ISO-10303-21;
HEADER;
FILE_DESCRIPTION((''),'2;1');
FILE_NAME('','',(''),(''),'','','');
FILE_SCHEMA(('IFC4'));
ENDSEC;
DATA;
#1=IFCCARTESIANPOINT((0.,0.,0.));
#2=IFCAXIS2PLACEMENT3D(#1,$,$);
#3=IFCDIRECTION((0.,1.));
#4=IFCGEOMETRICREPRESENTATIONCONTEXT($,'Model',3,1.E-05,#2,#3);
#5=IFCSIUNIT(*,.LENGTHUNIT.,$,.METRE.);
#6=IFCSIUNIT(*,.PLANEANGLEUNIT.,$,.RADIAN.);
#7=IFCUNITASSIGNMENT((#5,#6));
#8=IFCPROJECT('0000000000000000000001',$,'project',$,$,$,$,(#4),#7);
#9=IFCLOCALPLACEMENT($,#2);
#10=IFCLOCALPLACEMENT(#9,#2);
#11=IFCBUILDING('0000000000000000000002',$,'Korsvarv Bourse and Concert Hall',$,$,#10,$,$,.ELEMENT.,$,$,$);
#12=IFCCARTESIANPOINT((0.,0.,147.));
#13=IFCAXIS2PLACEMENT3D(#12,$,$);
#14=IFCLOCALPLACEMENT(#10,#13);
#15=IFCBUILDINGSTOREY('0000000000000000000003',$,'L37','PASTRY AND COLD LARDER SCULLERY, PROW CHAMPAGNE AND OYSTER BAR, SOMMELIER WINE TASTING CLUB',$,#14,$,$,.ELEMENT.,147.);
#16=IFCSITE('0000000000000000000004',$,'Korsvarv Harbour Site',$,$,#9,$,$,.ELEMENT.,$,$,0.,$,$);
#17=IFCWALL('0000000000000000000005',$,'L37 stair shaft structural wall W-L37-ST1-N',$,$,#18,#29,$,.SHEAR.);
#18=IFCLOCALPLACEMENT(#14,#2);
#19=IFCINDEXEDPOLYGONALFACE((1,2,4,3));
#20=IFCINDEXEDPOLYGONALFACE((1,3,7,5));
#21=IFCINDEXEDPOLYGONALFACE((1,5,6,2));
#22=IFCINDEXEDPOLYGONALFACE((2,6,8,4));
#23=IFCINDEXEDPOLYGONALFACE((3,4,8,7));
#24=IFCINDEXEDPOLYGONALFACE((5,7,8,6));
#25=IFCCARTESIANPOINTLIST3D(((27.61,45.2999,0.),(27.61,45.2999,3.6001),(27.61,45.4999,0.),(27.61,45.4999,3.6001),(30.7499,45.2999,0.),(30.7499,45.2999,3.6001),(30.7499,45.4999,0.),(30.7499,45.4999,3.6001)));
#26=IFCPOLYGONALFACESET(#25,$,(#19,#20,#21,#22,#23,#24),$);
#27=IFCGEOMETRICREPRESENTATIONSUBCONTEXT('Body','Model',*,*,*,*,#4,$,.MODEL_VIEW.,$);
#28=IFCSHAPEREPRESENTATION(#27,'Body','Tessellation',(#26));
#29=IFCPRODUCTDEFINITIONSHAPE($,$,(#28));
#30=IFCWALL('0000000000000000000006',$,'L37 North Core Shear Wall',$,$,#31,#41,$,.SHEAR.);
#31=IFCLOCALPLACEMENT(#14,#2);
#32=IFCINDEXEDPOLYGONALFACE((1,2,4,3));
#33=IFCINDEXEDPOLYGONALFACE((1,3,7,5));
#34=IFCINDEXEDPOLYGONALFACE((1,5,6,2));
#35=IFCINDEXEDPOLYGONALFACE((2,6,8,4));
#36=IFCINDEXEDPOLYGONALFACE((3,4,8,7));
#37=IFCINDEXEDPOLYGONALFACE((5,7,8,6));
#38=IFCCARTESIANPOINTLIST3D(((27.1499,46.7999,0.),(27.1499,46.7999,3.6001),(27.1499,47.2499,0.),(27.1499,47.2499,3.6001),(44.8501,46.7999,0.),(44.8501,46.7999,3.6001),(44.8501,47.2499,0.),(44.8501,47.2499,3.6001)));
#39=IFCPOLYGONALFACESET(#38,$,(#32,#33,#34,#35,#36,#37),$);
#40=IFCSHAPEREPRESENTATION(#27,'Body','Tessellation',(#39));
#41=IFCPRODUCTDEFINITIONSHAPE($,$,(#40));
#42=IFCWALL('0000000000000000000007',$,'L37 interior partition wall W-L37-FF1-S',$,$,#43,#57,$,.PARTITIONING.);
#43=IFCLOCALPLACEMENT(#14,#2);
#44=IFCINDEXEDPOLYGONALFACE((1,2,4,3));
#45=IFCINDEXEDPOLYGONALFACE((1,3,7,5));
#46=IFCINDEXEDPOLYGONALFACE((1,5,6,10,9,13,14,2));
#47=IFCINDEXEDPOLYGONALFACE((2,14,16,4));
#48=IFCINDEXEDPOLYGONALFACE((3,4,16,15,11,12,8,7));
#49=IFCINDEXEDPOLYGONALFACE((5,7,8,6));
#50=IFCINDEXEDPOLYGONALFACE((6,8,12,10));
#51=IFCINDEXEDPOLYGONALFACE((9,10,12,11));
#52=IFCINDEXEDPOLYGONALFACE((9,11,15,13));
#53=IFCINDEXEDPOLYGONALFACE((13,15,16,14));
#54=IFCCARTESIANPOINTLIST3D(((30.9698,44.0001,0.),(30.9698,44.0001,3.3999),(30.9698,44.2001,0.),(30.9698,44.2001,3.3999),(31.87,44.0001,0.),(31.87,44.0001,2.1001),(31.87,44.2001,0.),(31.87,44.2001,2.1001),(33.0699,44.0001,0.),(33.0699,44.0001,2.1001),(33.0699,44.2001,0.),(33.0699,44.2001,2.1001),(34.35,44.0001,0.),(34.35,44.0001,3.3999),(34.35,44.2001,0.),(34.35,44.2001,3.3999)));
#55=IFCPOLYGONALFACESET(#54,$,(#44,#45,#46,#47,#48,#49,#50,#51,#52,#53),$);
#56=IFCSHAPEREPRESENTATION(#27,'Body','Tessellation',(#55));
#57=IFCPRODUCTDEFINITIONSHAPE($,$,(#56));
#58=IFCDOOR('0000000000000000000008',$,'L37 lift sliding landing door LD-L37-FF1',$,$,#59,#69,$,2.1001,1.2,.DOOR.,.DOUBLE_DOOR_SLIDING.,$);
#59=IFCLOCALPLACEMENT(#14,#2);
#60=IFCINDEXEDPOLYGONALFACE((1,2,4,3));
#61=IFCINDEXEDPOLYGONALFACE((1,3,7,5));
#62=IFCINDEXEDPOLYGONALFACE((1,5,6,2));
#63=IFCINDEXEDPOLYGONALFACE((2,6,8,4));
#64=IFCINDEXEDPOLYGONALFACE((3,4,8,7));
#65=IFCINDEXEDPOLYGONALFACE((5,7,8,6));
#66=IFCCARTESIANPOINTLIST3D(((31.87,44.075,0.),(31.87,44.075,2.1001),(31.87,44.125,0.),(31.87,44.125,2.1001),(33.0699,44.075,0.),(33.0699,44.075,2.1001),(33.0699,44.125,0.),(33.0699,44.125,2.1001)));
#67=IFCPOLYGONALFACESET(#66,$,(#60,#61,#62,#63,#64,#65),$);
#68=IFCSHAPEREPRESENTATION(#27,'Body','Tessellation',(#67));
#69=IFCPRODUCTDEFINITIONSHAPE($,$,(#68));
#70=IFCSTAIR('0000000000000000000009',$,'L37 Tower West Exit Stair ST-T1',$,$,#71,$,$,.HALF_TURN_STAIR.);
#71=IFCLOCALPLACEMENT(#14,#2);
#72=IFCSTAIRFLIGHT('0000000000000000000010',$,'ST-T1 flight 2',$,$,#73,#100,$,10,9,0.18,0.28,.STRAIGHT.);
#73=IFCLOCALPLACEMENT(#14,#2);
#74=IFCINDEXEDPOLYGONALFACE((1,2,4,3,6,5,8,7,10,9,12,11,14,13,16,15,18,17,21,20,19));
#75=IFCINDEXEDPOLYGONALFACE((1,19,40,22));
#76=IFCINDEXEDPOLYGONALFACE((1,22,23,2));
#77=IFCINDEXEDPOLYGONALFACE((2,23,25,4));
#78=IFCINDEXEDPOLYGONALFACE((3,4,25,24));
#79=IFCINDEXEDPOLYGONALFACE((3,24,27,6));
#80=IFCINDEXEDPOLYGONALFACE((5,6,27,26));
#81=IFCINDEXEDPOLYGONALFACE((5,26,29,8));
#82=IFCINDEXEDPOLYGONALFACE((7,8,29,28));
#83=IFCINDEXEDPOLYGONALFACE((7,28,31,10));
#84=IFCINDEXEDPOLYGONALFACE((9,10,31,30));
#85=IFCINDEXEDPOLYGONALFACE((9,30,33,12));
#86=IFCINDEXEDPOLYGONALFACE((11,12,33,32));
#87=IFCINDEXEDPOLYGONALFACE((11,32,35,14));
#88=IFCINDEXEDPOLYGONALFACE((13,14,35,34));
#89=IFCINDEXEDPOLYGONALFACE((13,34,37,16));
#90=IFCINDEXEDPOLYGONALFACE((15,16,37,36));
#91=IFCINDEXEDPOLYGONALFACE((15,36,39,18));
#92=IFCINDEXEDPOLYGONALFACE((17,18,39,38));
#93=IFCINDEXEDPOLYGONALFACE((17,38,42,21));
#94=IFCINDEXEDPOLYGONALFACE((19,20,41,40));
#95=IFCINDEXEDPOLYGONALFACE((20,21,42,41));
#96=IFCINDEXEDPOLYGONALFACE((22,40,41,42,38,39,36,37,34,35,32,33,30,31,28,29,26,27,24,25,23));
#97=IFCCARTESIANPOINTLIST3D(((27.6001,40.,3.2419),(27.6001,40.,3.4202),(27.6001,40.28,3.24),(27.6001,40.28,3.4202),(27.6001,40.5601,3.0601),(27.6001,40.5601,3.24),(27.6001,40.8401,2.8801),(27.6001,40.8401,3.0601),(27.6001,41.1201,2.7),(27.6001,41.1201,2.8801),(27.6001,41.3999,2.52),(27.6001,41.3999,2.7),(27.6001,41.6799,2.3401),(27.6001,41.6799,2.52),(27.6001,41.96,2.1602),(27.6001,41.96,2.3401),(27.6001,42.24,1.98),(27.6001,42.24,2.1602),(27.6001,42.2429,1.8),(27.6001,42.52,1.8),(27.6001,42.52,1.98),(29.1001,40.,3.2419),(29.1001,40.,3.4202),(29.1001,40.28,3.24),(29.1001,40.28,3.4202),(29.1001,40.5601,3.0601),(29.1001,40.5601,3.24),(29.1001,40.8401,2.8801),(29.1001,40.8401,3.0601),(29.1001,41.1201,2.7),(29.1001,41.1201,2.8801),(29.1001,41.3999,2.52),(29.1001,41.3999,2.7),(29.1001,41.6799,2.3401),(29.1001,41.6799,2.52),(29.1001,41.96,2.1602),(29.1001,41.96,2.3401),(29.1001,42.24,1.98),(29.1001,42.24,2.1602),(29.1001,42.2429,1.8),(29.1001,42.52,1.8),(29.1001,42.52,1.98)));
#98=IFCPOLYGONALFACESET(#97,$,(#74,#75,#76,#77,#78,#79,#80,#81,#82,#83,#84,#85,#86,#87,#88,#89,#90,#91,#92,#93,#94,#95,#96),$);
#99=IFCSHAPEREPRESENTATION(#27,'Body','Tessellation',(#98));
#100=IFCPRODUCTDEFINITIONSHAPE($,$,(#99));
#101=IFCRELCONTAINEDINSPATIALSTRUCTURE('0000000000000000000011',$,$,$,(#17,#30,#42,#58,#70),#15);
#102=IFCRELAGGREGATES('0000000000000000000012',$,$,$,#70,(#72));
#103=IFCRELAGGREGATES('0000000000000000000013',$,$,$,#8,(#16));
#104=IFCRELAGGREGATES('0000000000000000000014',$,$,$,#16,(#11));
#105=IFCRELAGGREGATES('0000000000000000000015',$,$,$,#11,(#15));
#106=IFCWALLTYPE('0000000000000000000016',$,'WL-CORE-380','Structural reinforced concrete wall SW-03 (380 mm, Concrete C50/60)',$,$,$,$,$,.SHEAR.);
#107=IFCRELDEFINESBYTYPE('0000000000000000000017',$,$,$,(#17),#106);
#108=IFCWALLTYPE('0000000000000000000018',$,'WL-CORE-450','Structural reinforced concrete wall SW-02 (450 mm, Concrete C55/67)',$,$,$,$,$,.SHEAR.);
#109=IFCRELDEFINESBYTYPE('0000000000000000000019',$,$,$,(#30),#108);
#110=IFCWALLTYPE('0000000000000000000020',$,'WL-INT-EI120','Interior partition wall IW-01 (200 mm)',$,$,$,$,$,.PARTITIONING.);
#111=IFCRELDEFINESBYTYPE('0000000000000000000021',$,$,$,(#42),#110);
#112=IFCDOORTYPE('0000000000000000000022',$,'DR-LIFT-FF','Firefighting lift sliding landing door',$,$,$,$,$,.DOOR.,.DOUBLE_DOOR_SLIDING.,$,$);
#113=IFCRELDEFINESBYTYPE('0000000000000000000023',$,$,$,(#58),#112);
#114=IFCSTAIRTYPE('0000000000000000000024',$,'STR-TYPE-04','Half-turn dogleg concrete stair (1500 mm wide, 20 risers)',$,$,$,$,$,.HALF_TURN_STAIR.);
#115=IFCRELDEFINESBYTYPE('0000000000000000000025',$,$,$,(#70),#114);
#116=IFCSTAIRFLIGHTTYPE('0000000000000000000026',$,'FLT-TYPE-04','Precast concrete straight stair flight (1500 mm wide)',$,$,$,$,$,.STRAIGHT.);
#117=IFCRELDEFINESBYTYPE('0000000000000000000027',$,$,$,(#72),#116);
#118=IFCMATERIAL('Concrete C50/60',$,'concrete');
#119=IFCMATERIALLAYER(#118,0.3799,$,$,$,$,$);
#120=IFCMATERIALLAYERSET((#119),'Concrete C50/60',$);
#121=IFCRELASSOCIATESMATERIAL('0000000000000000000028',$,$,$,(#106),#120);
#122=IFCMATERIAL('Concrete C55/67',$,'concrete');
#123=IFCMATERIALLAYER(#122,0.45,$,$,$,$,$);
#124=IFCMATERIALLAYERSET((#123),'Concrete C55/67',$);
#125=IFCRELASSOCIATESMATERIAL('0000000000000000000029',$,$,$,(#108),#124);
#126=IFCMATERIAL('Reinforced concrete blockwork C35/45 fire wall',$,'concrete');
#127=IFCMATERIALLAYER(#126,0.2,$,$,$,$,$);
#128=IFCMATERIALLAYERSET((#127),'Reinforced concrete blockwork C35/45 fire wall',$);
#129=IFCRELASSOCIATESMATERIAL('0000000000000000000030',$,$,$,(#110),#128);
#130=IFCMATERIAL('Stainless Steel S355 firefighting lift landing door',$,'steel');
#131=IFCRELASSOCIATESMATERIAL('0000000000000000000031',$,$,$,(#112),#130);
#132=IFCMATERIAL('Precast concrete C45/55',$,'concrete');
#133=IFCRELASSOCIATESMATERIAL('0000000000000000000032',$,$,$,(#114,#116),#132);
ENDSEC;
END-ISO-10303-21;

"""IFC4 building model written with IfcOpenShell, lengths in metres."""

from ifc_helpers import new_model, si_unit, direction, frame, frame_2d, origin, place, context, subcontext, project, spatial, polyline, rectangle, outline, extrude, material, layer, layer_set, type_object, element, fill, aggregate, save


model = new_model("IFC4")

# Units and contexts
model_context = context("Model", 3, precision=1e-05, world=origin(), true_north=direction((0.0, 1.0)))
body_context = subcontext(model_context, "Body", "Model", "MODEL_VIEW")
ifc_project = project(units=[si_unit("LENGTHUNIT", "METRE"), si_unit("PLANEANGLEUNIT", "RADIAN")], contexts=[model_context])

# Site, building, storey
site_placement = place(None, origin())
site = spatial("IfcSite", under=ifc_project, at=site_placement, Name="Korsvarv Harbour Site", CompositionType="ELEMENT", RefElevation=0.0)
building_placement = place(site_placement, origin())
building = spatial("IfcBuilding", under=site, at=building_placement, Name="Korsvarv Bourse and Concert Hall", CompositionType="ELEMENT")
storey_placement = place(building_placement, frame((0.0, 0.0, 147.0)))
storey = spatial("IfcBuildingStorey", under=building, at=storey_placement, Name="L37", Description="PASTRY AND COLD LARDER SCULLERY, PROW CHAMPAGNE AND OYSTER BAR, SOMMELIER WINE TASTING CLUB", CompositionType="ELEMENT", Elevation=147.0)

# Walls
ifc_material_1 = material(Name="Concrete C50/60", Category="concrete")
ifc_layer_1 = layer(ifc_material_1, 0.3799)
ifc_layer_set_1 = layer_set([ifc_layer_1], Name="Concrete C50/60")
wall_type_1 = type_object("IfcWallType", Name="WL-CORE-380", Description="Structural reinforced concrete wall SW-03 (380 mm, Concrete C50/60)", PredefinedType="SHEAR", material=ifc_layer_set_1)
wall_1_placement = place(storey_placement, frame((27.6101, 45.3999, 0.0), z_axis=(0.0, 0.0, 1.0), x_axis=(1.0, 0.0, 0.0)))
element("IfcWall", 1, at=wall_1_placement, inside=storey, type_object=wall_type_1, Name="L37 stair shaft structural wall W-L37-ST1-N", PredefinedType="SHEAR", context=body_context, shape_type="SweptSolid", body=[
    extrude(rectangle(XDim=3.1399, YDim=0.2, at=frame_2d((1.5698, 0.0))), origin(), (0.0, 0.0, 1.0), 3.6001),
])
ifc_material_2 = material(Name="Concrete C55/67", Category="concrete")
ifc_layer_2 = layer(ifc_material_2, 0.45)
ifc_layer_set_2 = layer_set([ifc_layer_2], Name="Concrete C55/67")
wall_type_2 = type_object("IfcWallType", Name="WL-CORE-450", Description="Structural reinforced concrete wall SW-02 (450 mm, Concrete C55/67)", PredefinedType="SHEAR", material=ifc_layer_set_2)
wall_2_placement = place(storey_placement, frame((27.1499, 47.0249, 0.0), z_axis=(0.0, 0.0, 1.0), x_axis=(1.0, 0.0, 0.0)))
element("IfcWall", 2, at=wall_2_placement, inside=storey, type_object=wall_type_2, Name="L37 North Core Shear Wall", PredefinedType="SHEAR", context=body_context, shape_type="SweptSolid", body=[
    extrude(rectangle(XDim=17.7002, YDim=0.45, at=frame_2d((8.8501, 0.0))), origin(), (0.0, 0.0, 1.0), 3.6001),
])

# Wall, opening, door
ifc_material_3 = material(Name="Reinforced concrete blockwork C35/45 fire wall", Category="concrete")
ifc_layer_3 = layer(ifc_material_3, 0.2)
ifc_layer_set_3 = layer_set([ifc_layer_3], Name="Reinforced concrete blockwork C35/45 fire wall")
wall_type_3 = type_object("IfcWallType", Name="WL-INT-EI120", Description="Interior partition wall IW-01 (200 mm)", PredefinedType="PARTITIONING", material=ifc_layer_set_3)
wall_3_placement = place(storey_placement, frame((30.97, 44.1001, 0.0), z_axis=(0.0, 0.0, 1.0), x_axis=(1.0, 0.0, 0.0)))
wall_3 = element("IfcWall", 3, at=wall_3_placement, inside=storey, type_object=wall_type_3, Name="L37 interior partition wall W-L37-FF1-S", PredefinedType="PARTITIONING", context=body_context, shape_type="SweptSolid", body=[
    extrude(rectangle(XDim=3.3801, YDim=0.2, at=frame_2d((1.6899, 0.0))), origin(), (0.0, 0.0, 1.0), 3.3999),
])
opening_placement = place(wall_3_placement, frame((0.8999, 0.0, 0.0)))
opening = element("IfcOpeningElement", 4, at=opening_placement, cuts=wall_3, PredefinedType="OPENING", context=body_context, shape_type="SweptSolid", body=[
    extrude(rectangle(XDim=1.2, YDim=2.1001, at=frame_2d((0.6001, 1.05))), frame((0.0, 0.1099, 0.0), z_axis=(0.0, -1.0, 0.0), x_axis=(1.0, 0.0, 0.0)), (0.0, 0.0, 1.0), 0.22),
])
ifc_material_4 = material(Name="Stainless Steel S355 firefighting lift landing door", Category="steel")
door_type = type_object("IfcDoorType", Name="DR-LIFT-FF", Description="Firefighting lift sliding landing door", OperationType="DOUBLE_DOOR_SLIDING", PredefinedType="DOOR", material=ifc_material_4)
door_placement = place(opening_placement, origin())
door = element("IfcDoor", 5, at=door_placement, inside=storey, type_object=door_type, Name="L37 lift sliding landing door LD-L37-FF1", OperationType="DOUBLE_DOOR_SLIDING", OverallHeight=2.1001, OverallWidth=1.2, PredefinedType="DOOR", context=body_context, shape_type="SweptSolid", body=[
    extrude(rectangle(XDim=1.2, YDim=2.1001, at=frame_2d((0.6001, 1.05))), frame((0.0, 0.0249, 0.0), z_axis=(0.0, -1.0, 0.0), x_axis=(1.0, 0.0, 0.0)), (0.0, 0.0, 1.0), 0.05),
])
fill(opening, door)

# Stair, stair flight
ifc_material_5 = material(Name="Precast concrete C45/55", Category="concrete")
stair_type = type_object("IfcStairType", Name="STR-TYPE-04", Description="Half-turn dogleg concrete stair (1500 mm wide, 20 risers)", PredefinedType="HALF_TURN_STAIR", material=ifc_material_5)
stair_placement = place(storey_placement, origin())
stair = element("IfcStair", 6, at=stair_placement, inside=storey, type_object=stair_type, Name="L37 Tower West Exit Stair ST-T1", PredefinedType="HALF_TURN_STAIR")
stair_flight_type = type_object("IfcStairFlightType", Name="FLT-TYPE-04", Description="Precast concrete straight stair flight (1500 mm wide)", PredefinedType="STRAIGHT", material=ifc_material_5)
stair_flight_placement = place(storey_placement, frame((28.3501, 42.52, 1.8), z_axis=(0.0, 0.0, 1.0), x_axis=(0.0, -1.0, 0.0)))
stair_flight = element("IfcStairFlight", 7, at=stair_flight_placement, type_object=stair_flight_type, Name="ST-T1 flight 2", NumberOfRisers=10, NumberOfTreads=9, PredefinedType="STRAIGHT", RiserHeight=0.18, TreadLength=0.28, context=body_context, shape_type="SweptSolid", body=[
    extrude(outline(polyline([(0.0, 0.0), (0.0, 0.1799), (0.28, 0.1799), (0.28, 0.3601), (0.5601, 0.3601), (0.5601, 0.54), (0.8401, 0.54), (0.8401, 0.72), (1.1201, 0.72), (1.1201, 0.8999), (1.3999, 0.8999), (1.3999, 1.0801), (1.6799, 1.0801), (1.6799, 1.26), (1.96, 1.26), (1.96, 1.4399), (2.24, 1.4399), (2.24, 1.6201), (2.52, 1.6201), (2.52, 1.8), (2.52, 1.4419), (0.2771, 0.0), (0.0, 0.0)])), frame((0.0, 0.75, 0.0), z_axis=(0.0, -1.0, 0.0), x_axis=(1.0, 0.0, 0.0)), (0.0, 0.0, 1.0), 1.5),
])
aggregate(stair, [stair_flight])

save(model, "model.ifc")
